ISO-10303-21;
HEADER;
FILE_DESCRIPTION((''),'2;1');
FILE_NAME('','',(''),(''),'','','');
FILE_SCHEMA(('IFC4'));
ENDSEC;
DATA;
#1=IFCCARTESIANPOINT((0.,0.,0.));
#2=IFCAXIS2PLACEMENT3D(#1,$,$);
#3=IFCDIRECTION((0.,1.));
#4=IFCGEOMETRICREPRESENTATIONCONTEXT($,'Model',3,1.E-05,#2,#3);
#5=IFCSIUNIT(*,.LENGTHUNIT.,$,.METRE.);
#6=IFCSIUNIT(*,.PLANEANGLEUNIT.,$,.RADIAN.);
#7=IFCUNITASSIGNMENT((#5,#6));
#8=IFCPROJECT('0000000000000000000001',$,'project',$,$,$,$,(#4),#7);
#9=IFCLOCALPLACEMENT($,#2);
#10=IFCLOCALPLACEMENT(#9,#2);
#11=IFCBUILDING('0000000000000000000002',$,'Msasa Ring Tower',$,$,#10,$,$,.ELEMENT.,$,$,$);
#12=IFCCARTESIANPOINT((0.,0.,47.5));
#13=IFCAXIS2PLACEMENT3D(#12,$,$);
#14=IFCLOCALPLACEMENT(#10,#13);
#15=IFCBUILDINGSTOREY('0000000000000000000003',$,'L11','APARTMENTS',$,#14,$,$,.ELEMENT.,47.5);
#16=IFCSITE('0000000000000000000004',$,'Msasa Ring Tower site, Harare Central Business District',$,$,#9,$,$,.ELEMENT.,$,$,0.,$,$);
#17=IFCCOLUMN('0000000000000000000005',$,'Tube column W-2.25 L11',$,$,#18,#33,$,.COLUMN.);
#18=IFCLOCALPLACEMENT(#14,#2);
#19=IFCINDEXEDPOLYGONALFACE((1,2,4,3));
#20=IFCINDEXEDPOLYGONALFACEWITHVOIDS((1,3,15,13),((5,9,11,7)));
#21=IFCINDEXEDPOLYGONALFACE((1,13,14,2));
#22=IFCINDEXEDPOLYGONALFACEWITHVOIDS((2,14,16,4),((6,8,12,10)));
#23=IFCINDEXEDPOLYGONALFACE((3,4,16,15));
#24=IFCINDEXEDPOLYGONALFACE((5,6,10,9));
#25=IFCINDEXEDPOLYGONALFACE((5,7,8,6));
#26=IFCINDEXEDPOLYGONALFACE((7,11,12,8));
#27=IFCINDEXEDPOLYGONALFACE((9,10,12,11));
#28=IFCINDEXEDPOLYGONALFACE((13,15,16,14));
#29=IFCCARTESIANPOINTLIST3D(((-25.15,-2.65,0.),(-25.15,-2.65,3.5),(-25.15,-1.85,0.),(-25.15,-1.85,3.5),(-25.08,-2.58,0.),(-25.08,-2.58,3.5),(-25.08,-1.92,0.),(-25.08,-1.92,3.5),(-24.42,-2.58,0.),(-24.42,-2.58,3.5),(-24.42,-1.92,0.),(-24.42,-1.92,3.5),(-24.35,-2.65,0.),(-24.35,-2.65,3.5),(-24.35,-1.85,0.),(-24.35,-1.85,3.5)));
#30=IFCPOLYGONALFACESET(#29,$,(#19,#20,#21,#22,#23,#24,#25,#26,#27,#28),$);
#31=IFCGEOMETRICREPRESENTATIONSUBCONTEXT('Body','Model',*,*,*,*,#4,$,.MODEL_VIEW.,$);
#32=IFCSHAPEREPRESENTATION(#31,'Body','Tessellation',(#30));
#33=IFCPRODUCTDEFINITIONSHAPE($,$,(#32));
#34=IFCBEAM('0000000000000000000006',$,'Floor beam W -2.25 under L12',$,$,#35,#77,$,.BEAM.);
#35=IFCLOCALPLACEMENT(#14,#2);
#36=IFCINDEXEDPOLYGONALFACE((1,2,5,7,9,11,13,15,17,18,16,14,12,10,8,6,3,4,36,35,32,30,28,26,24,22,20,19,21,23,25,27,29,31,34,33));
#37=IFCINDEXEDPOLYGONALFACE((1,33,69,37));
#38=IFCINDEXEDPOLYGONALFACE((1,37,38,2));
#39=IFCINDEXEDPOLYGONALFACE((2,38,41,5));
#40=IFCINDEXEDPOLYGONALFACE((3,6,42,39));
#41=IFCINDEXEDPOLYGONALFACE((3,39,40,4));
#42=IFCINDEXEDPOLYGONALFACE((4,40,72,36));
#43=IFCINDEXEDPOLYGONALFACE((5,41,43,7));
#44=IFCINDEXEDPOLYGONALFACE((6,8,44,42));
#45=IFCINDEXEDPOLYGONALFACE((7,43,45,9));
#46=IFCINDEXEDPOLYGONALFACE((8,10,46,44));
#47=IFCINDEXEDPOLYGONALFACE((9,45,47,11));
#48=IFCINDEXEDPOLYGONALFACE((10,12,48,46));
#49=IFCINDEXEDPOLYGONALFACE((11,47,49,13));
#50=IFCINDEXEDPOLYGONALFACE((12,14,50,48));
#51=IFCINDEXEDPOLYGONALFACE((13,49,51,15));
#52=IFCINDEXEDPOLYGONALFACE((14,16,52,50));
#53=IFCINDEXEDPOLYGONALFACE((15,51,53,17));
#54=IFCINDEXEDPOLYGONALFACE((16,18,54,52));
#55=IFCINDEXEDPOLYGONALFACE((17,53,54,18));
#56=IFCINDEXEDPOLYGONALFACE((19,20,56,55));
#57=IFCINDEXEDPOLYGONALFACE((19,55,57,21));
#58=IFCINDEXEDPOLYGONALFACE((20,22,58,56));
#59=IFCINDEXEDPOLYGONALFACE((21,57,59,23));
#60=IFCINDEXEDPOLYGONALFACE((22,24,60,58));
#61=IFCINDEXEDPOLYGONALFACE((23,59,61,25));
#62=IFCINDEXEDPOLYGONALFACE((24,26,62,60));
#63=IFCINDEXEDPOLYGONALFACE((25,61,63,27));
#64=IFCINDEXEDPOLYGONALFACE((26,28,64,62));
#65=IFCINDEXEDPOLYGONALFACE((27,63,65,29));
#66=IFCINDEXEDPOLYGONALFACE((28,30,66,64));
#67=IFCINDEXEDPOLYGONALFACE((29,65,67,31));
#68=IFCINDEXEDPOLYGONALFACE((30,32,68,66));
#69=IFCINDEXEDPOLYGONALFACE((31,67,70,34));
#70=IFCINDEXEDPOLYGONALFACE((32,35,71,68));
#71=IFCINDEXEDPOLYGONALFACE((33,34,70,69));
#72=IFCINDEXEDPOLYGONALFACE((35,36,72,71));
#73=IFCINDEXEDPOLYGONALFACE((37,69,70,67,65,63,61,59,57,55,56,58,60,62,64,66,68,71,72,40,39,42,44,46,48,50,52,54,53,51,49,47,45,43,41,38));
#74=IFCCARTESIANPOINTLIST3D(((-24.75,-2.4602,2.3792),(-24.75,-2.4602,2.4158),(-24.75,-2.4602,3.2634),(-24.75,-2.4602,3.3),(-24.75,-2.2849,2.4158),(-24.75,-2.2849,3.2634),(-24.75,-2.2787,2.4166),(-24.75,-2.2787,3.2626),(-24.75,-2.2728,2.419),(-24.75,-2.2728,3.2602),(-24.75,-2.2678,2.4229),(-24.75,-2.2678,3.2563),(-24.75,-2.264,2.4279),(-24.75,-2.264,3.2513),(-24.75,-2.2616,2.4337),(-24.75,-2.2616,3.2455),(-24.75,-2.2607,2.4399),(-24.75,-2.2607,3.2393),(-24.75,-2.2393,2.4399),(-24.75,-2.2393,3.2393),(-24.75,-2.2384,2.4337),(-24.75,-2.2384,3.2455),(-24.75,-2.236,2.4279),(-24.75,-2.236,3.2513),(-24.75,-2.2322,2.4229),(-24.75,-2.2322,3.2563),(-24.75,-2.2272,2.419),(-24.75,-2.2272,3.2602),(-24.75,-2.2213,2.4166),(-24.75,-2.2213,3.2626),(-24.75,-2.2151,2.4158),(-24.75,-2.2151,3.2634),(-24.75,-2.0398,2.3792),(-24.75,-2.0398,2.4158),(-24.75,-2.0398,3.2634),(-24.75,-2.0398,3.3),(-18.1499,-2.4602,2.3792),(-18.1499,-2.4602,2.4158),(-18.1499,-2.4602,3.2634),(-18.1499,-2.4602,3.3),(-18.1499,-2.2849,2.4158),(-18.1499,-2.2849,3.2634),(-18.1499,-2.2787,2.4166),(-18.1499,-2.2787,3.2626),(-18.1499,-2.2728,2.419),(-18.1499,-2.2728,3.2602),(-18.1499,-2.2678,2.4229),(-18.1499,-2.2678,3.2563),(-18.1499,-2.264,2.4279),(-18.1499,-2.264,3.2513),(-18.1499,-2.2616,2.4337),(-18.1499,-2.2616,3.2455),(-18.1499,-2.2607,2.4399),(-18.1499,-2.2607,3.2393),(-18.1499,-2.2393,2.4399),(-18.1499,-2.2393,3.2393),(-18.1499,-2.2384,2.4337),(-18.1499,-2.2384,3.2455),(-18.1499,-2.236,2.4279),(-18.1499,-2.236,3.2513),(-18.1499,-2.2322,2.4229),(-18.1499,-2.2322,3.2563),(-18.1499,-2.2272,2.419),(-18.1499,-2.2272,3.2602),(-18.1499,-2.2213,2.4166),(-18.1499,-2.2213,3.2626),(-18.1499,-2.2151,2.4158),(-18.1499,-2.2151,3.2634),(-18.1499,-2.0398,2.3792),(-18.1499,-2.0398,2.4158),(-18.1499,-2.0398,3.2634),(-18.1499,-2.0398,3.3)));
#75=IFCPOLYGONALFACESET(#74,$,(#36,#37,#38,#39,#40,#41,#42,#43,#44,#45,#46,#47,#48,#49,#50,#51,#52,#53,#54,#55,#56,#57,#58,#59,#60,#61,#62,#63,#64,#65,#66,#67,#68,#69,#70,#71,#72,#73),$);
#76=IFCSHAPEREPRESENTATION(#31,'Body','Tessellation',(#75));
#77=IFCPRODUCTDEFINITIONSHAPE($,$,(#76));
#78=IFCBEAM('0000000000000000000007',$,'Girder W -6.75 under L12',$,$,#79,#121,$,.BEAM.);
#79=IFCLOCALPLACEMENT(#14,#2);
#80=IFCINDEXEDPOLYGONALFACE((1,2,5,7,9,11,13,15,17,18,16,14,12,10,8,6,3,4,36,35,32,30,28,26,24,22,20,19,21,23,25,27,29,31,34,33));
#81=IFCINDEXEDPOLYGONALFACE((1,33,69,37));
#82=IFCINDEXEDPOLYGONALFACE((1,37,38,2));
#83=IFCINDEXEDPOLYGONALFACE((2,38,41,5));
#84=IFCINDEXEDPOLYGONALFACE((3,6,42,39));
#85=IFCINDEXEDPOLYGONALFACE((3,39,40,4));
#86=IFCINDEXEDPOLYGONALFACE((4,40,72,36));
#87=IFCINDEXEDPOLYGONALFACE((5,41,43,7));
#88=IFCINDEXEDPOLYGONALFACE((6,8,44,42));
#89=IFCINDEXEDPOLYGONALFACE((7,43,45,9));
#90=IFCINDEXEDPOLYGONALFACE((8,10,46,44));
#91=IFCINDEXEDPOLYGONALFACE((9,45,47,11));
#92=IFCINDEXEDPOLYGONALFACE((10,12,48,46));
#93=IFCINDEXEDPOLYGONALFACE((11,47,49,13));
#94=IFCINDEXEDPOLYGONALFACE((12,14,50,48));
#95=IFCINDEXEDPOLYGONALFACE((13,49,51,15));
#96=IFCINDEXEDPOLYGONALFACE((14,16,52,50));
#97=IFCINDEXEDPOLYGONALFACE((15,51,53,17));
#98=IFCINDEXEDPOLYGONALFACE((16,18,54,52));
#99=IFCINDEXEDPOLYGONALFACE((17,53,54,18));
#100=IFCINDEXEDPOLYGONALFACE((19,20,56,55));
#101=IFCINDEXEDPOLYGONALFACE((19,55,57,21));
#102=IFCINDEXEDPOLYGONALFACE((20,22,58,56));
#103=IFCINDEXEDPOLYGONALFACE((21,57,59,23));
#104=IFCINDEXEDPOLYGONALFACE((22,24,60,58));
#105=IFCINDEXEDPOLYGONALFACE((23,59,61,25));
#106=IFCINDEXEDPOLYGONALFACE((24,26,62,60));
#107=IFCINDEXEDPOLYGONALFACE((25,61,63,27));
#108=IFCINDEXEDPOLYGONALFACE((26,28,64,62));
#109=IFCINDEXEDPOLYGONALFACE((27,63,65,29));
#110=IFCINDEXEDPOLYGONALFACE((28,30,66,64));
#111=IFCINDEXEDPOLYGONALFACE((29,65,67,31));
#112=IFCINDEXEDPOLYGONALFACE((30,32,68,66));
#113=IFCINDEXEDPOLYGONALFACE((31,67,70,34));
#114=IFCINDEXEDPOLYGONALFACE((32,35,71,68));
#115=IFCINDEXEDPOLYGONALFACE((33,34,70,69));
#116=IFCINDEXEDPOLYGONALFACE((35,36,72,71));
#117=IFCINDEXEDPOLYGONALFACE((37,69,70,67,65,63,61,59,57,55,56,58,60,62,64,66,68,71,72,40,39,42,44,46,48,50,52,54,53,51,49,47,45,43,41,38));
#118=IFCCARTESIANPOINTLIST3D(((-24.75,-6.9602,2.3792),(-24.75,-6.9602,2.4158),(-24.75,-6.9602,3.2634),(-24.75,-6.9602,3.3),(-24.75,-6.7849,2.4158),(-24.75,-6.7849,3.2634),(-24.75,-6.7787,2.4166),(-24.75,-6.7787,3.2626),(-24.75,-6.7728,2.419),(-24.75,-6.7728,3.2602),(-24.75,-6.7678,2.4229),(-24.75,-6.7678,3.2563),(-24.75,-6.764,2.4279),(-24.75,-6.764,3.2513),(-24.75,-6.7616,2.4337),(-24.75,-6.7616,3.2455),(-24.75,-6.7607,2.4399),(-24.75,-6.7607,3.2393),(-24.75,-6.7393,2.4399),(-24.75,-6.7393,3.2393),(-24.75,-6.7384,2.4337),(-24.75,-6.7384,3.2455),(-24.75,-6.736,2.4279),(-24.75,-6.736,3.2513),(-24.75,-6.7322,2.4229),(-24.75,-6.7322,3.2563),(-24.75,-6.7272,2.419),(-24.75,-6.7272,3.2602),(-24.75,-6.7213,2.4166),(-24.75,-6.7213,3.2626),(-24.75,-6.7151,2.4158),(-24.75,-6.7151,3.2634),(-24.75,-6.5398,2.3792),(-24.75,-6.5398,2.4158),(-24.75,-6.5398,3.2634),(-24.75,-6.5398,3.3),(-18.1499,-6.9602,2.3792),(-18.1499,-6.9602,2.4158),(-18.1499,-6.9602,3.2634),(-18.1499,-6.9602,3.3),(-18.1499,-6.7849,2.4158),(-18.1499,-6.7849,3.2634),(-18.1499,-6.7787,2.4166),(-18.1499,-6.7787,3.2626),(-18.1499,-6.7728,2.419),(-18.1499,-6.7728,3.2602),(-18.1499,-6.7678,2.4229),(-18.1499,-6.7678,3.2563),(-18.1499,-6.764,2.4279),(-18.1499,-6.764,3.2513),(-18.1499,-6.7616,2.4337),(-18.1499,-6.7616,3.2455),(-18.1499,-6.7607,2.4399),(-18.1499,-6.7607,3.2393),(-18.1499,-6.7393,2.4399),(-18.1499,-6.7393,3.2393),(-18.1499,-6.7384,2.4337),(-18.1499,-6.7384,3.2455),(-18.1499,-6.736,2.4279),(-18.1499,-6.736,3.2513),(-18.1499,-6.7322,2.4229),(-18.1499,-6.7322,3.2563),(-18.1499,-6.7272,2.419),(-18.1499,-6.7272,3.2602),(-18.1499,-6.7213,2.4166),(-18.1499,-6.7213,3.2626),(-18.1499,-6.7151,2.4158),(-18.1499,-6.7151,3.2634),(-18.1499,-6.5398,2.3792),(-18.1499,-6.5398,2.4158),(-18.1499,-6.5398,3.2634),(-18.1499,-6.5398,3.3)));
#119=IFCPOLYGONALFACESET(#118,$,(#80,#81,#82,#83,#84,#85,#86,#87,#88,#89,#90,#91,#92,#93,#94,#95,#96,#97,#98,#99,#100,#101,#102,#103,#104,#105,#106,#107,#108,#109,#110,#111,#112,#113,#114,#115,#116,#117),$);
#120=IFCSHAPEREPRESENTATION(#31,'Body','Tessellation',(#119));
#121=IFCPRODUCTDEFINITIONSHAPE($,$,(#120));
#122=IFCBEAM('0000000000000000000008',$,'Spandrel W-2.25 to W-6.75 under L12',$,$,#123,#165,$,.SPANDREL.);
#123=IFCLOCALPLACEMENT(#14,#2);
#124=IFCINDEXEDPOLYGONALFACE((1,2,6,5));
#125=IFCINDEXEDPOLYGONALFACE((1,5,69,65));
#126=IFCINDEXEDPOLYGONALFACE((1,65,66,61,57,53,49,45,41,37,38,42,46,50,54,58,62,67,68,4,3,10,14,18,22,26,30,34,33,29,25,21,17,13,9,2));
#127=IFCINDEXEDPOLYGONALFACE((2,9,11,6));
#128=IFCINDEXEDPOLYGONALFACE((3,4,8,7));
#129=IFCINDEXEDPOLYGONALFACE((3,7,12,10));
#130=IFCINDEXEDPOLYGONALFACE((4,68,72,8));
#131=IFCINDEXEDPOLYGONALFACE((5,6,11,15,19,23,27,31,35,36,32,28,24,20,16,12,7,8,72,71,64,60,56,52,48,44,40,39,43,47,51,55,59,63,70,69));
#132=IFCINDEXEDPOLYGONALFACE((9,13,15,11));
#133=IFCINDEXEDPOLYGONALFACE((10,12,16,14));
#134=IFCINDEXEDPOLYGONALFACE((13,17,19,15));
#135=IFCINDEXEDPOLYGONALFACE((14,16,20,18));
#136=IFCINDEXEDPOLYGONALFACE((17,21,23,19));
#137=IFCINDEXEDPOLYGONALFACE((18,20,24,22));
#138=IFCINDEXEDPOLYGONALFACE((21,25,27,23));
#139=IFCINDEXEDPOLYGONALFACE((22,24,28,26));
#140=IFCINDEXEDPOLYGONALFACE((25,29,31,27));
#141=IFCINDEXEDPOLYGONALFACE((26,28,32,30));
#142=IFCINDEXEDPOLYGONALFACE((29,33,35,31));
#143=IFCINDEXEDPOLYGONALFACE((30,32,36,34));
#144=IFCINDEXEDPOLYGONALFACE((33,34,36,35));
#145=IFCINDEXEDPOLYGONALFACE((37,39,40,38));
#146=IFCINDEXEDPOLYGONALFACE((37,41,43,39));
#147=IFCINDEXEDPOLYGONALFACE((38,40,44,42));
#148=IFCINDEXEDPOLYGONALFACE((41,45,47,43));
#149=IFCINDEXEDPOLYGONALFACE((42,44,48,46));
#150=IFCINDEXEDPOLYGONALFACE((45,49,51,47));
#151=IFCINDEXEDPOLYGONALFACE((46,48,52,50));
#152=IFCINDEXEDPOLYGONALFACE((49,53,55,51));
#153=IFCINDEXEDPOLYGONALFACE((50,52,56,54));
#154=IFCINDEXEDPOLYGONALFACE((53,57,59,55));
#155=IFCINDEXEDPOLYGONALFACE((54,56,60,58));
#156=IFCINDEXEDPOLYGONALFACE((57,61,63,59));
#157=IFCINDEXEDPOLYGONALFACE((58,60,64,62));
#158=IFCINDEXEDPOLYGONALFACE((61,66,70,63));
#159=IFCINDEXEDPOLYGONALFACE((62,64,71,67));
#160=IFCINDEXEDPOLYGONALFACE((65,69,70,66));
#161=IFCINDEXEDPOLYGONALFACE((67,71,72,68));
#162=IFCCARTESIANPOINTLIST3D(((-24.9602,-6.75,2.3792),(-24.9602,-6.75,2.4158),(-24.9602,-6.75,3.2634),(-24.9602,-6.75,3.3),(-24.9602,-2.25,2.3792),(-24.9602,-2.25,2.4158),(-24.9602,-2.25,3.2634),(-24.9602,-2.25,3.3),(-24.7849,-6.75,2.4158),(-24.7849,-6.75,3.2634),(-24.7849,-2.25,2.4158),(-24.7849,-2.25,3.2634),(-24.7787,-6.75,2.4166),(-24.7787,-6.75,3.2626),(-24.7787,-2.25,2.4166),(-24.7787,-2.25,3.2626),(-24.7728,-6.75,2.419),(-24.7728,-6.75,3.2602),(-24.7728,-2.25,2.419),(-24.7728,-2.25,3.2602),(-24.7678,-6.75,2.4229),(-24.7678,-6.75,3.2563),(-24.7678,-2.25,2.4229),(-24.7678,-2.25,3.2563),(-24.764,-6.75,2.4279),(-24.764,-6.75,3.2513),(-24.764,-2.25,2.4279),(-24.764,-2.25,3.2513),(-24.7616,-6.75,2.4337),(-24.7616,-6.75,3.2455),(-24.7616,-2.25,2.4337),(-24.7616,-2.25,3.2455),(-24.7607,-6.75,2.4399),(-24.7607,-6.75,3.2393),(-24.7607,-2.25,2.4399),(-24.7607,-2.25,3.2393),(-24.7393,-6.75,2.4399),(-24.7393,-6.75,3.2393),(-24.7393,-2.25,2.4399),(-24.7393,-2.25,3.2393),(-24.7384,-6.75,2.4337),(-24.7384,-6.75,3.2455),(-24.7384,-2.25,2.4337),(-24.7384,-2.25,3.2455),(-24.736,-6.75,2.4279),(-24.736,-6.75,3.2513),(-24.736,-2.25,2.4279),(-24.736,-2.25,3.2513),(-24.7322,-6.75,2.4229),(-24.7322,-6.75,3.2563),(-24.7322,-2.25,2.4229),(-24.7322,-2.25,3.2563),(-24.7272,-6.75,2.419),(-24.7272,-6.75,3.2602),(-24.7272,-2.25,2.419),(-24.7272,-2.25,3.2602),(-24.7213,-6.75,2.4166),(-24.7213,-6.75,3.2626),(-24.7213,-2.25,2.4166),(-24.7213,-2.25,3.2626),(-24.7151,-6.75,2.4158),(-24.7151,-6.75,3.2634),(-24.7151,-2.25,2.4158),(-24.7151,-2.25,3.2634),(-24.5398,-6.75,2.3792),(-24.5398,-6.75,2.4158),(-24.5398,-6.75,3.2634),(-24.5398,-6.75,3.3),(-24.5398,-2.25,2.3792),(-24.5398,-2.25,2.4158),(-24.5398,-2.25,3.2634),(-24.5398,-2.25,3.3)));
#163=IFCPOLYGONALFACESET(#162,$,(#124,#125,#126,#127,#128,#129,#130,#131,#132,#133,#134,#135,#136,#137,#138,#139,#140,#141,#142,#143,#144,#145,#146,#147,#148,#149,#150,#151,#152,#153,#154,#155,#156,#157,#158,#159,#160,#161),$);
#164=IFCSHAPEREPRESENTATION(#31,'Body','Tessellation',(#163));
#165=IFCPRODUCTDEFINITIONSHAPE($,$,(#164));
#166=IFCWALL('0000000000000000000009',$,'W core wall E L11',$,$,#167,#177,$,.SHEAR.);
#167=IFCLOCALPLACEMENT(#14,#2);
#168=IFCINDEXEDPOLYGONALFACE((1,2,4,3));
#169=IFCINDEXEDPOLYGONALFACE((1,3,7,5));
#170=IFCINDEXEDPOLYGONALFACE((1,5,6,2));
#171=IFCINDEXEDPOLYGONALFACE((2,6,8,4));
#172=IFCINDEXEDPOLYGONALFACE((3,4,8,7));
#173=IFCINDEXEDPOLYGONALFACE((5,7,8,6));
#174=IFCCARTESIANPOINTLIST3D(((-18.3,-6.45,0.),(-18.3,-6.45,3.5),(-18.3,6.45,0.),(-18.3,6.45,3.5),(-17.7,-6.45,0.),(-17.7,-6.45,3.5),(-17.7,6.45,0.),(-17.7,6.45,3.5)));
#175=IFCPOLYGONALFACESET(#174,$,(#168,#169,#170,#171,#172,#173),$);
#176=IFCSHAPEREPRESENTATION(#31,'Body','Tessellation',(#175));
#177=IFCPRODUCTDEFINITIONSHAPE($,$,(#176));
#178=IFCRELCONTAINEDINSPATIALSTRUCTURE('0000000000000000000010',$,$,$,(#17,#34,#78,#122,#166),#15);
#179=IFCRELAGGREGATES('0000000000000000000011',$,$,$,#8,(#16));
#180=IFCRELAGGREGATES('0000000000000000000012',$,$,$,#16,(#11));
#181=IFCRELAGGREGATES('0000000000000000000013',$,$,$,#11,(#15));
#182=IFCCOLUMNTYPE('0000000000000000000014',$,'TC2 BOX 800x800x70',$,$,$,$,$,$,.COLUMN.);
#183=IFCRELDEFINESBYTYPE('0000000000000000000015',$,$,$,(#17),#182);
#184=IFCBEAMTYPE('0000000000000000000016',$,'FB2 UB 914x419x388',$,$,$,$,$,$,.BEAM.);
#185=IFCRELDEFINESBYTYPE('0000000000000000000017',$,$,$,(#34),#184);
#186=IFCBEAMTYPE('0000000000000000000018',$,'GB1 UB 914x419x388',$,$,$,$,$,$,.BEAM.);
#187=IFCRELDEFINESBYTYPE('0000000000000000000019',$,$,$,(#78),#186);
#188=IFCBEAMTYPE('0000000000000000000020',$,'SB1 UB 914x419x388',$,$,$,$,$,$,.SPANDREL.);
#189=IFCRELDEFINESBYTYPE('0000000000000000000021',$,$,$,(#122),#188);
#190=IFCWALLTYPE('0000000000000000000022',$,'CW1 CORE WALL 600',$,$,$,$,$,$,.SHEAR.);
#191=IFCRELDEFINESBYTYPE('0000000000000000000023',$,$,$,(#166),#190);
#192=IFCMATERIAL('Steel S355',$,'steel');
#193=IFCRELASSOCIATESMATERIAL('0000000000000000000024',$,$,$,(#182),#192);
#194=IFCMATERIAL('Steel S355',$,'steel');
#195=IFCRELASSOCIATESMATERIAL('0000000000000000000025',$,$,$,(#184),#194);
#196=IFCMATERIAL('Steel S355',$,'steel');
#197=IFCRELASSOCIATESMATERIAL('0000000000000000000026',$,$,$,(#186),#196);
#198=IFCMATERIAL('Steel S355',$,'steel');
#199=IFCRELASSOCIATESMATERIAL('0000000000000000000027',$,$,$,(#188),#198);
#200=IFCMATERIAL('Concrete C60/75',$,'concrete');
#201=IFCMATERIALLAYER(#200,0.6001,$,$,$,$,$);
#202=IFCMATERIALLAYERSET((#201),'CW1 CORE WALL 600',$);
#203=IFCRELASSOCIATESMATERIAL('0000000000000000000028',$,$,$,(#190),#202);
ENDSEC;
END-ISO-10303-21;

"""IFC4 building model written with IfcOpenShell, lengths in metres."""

from ifc_helpers import new_model, si_unit, direction, frame, frame_2d, origin, origin_2d, place, context, subcontext, project, spatial, rectangle, hollow_rectangle, i_section, extrude, material, layer, layer_set, material_profile, profile_set, type_object, element, save


model = new_model("IFC4")

# Units and contexts
model_context = context("Model", 3, precision=1e-05, world=origin(), true_north=direction((0.0, 1.0)))
body_context = subcontext(model_context, "Body", "Model", "MODEL_VIEW")
ifc_project = project(units=[si_unit("LENGTHUNIT", "METRE"), si_unit("PLANEANGLEUNIT", "RADIAN")], contexts=[model_context])

# Site, building, storey
site_placement = place(None, origin())
site = spatial("IfcSite", under=ifc_project, at=site_placement, Name="Msasa Ring Tower site, Harare Central Business District", CompositionType="ELEMENT", RefElevation=0.0)
building_placement = place(site_placement, origin())
building = spatial("IfcBuilding", under=site, at=building_placement, Name="Msasa Ring Tower", CompositionType="ELEMENT")
storey_placement = place(building_placement, frame((0.0, 0.0, 47.5)))
storey = spatial("IfcBuildingStorey", under=building, at=storey_placement, Name="L11", Description="APARTMENTS", CompositionType="ELEMENT", Elevation=47.5)

# Column
ifc_material_1 = material(Name="Steel S355", Category="steel")
ifc_material_profile_1 = material_profile(ifc_material_1, hollow_rectangle(XDim=0.8, YDim=0.8, WallThickness=0.0701, at=origin_2d()), Name="BOX 800x800x70")
ifc_profile_set_1 = profile_set([ifc_material_profile_1], Name="Steel S355")
column_type = type_object("IfcColumnType", Name="TC2 BOX 800x800x70", PredefinedType="COLUMN", material=ifc_profile_set_1)
column_placement = place(storey_placement, frame((-24.75, -2.25, 0.0), z_axis=(0.0, 0.0, 1.0), x_axis=(1.0, 0.0, 0.0)))
element("IfcColumn", 1, at=column_placement, inside=storey, type_object=column_type, Name="Tube column W-2.25 L11", PredefinedType="COLUMN", context=body_context, shape_type="SweptSolid", body=[
    extrude(hollow_rectangle(XDim=0.8, YDim=0.8, WallThickness=0.0701, at=origin_2d()), origin(), (0.0, 0.0, 1.0), 3.5),
])

# Beams
ifc_material_2 = material(Name="Steel S355", Category="steel")
ifc_material_profile_2 = material_profile(ifc_material_2, i_section(OverallWidth=0.4204, OverallDepth=0.9209, WebThickness=0.0215, FlangeThickness=0.0366, FilletRadius=0.0242, at=origin_2d()), Name="UB 914x419x388")
ifc_profile_set_2 = profile_set([ifc_material_profile_2], Name="Steel S355")
beam_type_1 = type_object("IfcBeamType", Name="FB2 UB 914x419x388", PredefinedType="BEAM", material=ifc_profile_set_2)
beam_1_placement = place(storey_placement, frame((-24.75, -2.25, 2.8396), z_axis=(1.0, 0.0, 0.0), x_axis=(0.0, 1.0, 0.0)))
element("IfcBeam", 2, at=beam_1_placement, inside=storey, type_object=beam_type_1, Name="Floor beam W -2.25 under L12", PredefinedType="BEAM", context=body_context, shape_type="SweptSolid", body=[
    extrude(i_section(OverallWidth=0.4204, OverallDepth=0.9209, WebThickness=0.0215, FlangeThickness=0.0366, FilletRadius=0.0242, at=origin_2d()), origin(), (0.0, 0.0, 1.0), 6.6001),
])
ifc_material_3 = material(Name="Steel S355", Category="steel")
ifc_material_profile_3 = material_profile(ifc_material_3, i_section(OverallWidth=0.4204, OverallDepth=0.9209, WebThickness=0.0215, FlangeThickness=0.0366, FilletRadius=0.0242, at=origin_2d()), Name="UB 914x419x388")
ifc_profile_set_3 = profile_set([ifc_material_profile_3], Name="Steel S355")
beam_type_2 = type_object("IfcBeamType", Name="GB1 UB 914x419x388", PredefinedType="BEAM", material=ifc_profile_set_3)
beam_2_placement = place(storey_placement, frame((-18.1499, -6.75, 2.8396), z_axis=(-1.0, 0.0, 0.0), x_axis=(0.0, -1.0, 0.0)))
element("IfcBeam", 3, at=beam_2_placement, inside=storey, type_object=beam_type_2, Name="Girder W -6.75 under L12", PredefinedType="BEAM", context=body_context, shape_type="SweptSolid", body=[
    extrude(i_section(OverallWidth=0.4204, OverallDepth=0.9209, WebThickness=0.0215, FlangeThickness=0.0366, FilletRadius=0.0242, at=origin_2d()), origin(), (0.0, 0.0, 1.0), 6.6001),
])
ifc_material_4 = material(Name="Steel S355", Category="steel")
ifc_material_profile_4 = material_profile(ifc_material_4, i_section(OverallWidth=0.4204, OverallDepth=0.9209, WebThickness=0.0215, FlangeThickness=0.0366, FilletRadius=0.0242, at=origin_2d()), Name="UB 914x419x388")
ifc_profile_set_4 = profile_set([ifc_material_profile_4], Name="Steel S355")
beam_type_3 = type_object("IfcBeamType", Name="SB1 UB 914x419x388", PredefinedType="SPANDREL", material=ifc_profile_set_4)
beam_3_placement = place(storey_placement, frame((-24.75, -2.25, 2.8396), z_axis=(0.0, -1.0, 0.0), x_axis=(1.0, 0.0, 0.0)))
element("IfcBeam", 4, at=beam_3_placement, inside=storey, type_object=beam_type_3, Name="Spandrel W-2.25 to W-6.75 under L12", PredefinedType="SPANDREL", context=body_context, shape_type="SweptSolid", body=[
    extrude(i_section(OverallWidth=0.4204, OverallDepth=0.9209, WebThickness=0.0215, FlangeThickness=0.0366, FilletRadius=0.0242, at=origin_2d()), origin(), (0.0, 0.0, 1.0), 4.5),
])

# Wall
ifc_material_5 = material(Name="Concrete C60/75", Category="concrete")
ifc_layer_1 = layer(ifc_material_5, 0.6001)
ifc_layer_set_1 = layer_set([ifc_layer_1], Name="CW1 CORE WALL 600")
wall_type_1 = type_object("IfcWallType", Name="CW1 CORE WALL 600", PredefinedType="SHEAR", material=ifc_layer_set_1)
wall_1_placement = place(storey_placement, frame((-18.0, -6.45, 0.0), z_axis=(0.0, 0.0, 1.0), x_axis=(0.0, 1.0, 0.0)))
element("IfcWall", 5, at=wall_1_placement, inside=storey, type_object=wall_type_1, Name="W core wall E L11", PredefinedType="SHEAR", context=body_context, shape_type="SweptSolid", body=[
    extrude(rectangle(XDim=12.8999, YDim=0.6001, at=frame_2d((6.45, 0.0))), origin(), (0.0, 0.0, 1.0), 3.5),
])

save(model, "model.ifc")
